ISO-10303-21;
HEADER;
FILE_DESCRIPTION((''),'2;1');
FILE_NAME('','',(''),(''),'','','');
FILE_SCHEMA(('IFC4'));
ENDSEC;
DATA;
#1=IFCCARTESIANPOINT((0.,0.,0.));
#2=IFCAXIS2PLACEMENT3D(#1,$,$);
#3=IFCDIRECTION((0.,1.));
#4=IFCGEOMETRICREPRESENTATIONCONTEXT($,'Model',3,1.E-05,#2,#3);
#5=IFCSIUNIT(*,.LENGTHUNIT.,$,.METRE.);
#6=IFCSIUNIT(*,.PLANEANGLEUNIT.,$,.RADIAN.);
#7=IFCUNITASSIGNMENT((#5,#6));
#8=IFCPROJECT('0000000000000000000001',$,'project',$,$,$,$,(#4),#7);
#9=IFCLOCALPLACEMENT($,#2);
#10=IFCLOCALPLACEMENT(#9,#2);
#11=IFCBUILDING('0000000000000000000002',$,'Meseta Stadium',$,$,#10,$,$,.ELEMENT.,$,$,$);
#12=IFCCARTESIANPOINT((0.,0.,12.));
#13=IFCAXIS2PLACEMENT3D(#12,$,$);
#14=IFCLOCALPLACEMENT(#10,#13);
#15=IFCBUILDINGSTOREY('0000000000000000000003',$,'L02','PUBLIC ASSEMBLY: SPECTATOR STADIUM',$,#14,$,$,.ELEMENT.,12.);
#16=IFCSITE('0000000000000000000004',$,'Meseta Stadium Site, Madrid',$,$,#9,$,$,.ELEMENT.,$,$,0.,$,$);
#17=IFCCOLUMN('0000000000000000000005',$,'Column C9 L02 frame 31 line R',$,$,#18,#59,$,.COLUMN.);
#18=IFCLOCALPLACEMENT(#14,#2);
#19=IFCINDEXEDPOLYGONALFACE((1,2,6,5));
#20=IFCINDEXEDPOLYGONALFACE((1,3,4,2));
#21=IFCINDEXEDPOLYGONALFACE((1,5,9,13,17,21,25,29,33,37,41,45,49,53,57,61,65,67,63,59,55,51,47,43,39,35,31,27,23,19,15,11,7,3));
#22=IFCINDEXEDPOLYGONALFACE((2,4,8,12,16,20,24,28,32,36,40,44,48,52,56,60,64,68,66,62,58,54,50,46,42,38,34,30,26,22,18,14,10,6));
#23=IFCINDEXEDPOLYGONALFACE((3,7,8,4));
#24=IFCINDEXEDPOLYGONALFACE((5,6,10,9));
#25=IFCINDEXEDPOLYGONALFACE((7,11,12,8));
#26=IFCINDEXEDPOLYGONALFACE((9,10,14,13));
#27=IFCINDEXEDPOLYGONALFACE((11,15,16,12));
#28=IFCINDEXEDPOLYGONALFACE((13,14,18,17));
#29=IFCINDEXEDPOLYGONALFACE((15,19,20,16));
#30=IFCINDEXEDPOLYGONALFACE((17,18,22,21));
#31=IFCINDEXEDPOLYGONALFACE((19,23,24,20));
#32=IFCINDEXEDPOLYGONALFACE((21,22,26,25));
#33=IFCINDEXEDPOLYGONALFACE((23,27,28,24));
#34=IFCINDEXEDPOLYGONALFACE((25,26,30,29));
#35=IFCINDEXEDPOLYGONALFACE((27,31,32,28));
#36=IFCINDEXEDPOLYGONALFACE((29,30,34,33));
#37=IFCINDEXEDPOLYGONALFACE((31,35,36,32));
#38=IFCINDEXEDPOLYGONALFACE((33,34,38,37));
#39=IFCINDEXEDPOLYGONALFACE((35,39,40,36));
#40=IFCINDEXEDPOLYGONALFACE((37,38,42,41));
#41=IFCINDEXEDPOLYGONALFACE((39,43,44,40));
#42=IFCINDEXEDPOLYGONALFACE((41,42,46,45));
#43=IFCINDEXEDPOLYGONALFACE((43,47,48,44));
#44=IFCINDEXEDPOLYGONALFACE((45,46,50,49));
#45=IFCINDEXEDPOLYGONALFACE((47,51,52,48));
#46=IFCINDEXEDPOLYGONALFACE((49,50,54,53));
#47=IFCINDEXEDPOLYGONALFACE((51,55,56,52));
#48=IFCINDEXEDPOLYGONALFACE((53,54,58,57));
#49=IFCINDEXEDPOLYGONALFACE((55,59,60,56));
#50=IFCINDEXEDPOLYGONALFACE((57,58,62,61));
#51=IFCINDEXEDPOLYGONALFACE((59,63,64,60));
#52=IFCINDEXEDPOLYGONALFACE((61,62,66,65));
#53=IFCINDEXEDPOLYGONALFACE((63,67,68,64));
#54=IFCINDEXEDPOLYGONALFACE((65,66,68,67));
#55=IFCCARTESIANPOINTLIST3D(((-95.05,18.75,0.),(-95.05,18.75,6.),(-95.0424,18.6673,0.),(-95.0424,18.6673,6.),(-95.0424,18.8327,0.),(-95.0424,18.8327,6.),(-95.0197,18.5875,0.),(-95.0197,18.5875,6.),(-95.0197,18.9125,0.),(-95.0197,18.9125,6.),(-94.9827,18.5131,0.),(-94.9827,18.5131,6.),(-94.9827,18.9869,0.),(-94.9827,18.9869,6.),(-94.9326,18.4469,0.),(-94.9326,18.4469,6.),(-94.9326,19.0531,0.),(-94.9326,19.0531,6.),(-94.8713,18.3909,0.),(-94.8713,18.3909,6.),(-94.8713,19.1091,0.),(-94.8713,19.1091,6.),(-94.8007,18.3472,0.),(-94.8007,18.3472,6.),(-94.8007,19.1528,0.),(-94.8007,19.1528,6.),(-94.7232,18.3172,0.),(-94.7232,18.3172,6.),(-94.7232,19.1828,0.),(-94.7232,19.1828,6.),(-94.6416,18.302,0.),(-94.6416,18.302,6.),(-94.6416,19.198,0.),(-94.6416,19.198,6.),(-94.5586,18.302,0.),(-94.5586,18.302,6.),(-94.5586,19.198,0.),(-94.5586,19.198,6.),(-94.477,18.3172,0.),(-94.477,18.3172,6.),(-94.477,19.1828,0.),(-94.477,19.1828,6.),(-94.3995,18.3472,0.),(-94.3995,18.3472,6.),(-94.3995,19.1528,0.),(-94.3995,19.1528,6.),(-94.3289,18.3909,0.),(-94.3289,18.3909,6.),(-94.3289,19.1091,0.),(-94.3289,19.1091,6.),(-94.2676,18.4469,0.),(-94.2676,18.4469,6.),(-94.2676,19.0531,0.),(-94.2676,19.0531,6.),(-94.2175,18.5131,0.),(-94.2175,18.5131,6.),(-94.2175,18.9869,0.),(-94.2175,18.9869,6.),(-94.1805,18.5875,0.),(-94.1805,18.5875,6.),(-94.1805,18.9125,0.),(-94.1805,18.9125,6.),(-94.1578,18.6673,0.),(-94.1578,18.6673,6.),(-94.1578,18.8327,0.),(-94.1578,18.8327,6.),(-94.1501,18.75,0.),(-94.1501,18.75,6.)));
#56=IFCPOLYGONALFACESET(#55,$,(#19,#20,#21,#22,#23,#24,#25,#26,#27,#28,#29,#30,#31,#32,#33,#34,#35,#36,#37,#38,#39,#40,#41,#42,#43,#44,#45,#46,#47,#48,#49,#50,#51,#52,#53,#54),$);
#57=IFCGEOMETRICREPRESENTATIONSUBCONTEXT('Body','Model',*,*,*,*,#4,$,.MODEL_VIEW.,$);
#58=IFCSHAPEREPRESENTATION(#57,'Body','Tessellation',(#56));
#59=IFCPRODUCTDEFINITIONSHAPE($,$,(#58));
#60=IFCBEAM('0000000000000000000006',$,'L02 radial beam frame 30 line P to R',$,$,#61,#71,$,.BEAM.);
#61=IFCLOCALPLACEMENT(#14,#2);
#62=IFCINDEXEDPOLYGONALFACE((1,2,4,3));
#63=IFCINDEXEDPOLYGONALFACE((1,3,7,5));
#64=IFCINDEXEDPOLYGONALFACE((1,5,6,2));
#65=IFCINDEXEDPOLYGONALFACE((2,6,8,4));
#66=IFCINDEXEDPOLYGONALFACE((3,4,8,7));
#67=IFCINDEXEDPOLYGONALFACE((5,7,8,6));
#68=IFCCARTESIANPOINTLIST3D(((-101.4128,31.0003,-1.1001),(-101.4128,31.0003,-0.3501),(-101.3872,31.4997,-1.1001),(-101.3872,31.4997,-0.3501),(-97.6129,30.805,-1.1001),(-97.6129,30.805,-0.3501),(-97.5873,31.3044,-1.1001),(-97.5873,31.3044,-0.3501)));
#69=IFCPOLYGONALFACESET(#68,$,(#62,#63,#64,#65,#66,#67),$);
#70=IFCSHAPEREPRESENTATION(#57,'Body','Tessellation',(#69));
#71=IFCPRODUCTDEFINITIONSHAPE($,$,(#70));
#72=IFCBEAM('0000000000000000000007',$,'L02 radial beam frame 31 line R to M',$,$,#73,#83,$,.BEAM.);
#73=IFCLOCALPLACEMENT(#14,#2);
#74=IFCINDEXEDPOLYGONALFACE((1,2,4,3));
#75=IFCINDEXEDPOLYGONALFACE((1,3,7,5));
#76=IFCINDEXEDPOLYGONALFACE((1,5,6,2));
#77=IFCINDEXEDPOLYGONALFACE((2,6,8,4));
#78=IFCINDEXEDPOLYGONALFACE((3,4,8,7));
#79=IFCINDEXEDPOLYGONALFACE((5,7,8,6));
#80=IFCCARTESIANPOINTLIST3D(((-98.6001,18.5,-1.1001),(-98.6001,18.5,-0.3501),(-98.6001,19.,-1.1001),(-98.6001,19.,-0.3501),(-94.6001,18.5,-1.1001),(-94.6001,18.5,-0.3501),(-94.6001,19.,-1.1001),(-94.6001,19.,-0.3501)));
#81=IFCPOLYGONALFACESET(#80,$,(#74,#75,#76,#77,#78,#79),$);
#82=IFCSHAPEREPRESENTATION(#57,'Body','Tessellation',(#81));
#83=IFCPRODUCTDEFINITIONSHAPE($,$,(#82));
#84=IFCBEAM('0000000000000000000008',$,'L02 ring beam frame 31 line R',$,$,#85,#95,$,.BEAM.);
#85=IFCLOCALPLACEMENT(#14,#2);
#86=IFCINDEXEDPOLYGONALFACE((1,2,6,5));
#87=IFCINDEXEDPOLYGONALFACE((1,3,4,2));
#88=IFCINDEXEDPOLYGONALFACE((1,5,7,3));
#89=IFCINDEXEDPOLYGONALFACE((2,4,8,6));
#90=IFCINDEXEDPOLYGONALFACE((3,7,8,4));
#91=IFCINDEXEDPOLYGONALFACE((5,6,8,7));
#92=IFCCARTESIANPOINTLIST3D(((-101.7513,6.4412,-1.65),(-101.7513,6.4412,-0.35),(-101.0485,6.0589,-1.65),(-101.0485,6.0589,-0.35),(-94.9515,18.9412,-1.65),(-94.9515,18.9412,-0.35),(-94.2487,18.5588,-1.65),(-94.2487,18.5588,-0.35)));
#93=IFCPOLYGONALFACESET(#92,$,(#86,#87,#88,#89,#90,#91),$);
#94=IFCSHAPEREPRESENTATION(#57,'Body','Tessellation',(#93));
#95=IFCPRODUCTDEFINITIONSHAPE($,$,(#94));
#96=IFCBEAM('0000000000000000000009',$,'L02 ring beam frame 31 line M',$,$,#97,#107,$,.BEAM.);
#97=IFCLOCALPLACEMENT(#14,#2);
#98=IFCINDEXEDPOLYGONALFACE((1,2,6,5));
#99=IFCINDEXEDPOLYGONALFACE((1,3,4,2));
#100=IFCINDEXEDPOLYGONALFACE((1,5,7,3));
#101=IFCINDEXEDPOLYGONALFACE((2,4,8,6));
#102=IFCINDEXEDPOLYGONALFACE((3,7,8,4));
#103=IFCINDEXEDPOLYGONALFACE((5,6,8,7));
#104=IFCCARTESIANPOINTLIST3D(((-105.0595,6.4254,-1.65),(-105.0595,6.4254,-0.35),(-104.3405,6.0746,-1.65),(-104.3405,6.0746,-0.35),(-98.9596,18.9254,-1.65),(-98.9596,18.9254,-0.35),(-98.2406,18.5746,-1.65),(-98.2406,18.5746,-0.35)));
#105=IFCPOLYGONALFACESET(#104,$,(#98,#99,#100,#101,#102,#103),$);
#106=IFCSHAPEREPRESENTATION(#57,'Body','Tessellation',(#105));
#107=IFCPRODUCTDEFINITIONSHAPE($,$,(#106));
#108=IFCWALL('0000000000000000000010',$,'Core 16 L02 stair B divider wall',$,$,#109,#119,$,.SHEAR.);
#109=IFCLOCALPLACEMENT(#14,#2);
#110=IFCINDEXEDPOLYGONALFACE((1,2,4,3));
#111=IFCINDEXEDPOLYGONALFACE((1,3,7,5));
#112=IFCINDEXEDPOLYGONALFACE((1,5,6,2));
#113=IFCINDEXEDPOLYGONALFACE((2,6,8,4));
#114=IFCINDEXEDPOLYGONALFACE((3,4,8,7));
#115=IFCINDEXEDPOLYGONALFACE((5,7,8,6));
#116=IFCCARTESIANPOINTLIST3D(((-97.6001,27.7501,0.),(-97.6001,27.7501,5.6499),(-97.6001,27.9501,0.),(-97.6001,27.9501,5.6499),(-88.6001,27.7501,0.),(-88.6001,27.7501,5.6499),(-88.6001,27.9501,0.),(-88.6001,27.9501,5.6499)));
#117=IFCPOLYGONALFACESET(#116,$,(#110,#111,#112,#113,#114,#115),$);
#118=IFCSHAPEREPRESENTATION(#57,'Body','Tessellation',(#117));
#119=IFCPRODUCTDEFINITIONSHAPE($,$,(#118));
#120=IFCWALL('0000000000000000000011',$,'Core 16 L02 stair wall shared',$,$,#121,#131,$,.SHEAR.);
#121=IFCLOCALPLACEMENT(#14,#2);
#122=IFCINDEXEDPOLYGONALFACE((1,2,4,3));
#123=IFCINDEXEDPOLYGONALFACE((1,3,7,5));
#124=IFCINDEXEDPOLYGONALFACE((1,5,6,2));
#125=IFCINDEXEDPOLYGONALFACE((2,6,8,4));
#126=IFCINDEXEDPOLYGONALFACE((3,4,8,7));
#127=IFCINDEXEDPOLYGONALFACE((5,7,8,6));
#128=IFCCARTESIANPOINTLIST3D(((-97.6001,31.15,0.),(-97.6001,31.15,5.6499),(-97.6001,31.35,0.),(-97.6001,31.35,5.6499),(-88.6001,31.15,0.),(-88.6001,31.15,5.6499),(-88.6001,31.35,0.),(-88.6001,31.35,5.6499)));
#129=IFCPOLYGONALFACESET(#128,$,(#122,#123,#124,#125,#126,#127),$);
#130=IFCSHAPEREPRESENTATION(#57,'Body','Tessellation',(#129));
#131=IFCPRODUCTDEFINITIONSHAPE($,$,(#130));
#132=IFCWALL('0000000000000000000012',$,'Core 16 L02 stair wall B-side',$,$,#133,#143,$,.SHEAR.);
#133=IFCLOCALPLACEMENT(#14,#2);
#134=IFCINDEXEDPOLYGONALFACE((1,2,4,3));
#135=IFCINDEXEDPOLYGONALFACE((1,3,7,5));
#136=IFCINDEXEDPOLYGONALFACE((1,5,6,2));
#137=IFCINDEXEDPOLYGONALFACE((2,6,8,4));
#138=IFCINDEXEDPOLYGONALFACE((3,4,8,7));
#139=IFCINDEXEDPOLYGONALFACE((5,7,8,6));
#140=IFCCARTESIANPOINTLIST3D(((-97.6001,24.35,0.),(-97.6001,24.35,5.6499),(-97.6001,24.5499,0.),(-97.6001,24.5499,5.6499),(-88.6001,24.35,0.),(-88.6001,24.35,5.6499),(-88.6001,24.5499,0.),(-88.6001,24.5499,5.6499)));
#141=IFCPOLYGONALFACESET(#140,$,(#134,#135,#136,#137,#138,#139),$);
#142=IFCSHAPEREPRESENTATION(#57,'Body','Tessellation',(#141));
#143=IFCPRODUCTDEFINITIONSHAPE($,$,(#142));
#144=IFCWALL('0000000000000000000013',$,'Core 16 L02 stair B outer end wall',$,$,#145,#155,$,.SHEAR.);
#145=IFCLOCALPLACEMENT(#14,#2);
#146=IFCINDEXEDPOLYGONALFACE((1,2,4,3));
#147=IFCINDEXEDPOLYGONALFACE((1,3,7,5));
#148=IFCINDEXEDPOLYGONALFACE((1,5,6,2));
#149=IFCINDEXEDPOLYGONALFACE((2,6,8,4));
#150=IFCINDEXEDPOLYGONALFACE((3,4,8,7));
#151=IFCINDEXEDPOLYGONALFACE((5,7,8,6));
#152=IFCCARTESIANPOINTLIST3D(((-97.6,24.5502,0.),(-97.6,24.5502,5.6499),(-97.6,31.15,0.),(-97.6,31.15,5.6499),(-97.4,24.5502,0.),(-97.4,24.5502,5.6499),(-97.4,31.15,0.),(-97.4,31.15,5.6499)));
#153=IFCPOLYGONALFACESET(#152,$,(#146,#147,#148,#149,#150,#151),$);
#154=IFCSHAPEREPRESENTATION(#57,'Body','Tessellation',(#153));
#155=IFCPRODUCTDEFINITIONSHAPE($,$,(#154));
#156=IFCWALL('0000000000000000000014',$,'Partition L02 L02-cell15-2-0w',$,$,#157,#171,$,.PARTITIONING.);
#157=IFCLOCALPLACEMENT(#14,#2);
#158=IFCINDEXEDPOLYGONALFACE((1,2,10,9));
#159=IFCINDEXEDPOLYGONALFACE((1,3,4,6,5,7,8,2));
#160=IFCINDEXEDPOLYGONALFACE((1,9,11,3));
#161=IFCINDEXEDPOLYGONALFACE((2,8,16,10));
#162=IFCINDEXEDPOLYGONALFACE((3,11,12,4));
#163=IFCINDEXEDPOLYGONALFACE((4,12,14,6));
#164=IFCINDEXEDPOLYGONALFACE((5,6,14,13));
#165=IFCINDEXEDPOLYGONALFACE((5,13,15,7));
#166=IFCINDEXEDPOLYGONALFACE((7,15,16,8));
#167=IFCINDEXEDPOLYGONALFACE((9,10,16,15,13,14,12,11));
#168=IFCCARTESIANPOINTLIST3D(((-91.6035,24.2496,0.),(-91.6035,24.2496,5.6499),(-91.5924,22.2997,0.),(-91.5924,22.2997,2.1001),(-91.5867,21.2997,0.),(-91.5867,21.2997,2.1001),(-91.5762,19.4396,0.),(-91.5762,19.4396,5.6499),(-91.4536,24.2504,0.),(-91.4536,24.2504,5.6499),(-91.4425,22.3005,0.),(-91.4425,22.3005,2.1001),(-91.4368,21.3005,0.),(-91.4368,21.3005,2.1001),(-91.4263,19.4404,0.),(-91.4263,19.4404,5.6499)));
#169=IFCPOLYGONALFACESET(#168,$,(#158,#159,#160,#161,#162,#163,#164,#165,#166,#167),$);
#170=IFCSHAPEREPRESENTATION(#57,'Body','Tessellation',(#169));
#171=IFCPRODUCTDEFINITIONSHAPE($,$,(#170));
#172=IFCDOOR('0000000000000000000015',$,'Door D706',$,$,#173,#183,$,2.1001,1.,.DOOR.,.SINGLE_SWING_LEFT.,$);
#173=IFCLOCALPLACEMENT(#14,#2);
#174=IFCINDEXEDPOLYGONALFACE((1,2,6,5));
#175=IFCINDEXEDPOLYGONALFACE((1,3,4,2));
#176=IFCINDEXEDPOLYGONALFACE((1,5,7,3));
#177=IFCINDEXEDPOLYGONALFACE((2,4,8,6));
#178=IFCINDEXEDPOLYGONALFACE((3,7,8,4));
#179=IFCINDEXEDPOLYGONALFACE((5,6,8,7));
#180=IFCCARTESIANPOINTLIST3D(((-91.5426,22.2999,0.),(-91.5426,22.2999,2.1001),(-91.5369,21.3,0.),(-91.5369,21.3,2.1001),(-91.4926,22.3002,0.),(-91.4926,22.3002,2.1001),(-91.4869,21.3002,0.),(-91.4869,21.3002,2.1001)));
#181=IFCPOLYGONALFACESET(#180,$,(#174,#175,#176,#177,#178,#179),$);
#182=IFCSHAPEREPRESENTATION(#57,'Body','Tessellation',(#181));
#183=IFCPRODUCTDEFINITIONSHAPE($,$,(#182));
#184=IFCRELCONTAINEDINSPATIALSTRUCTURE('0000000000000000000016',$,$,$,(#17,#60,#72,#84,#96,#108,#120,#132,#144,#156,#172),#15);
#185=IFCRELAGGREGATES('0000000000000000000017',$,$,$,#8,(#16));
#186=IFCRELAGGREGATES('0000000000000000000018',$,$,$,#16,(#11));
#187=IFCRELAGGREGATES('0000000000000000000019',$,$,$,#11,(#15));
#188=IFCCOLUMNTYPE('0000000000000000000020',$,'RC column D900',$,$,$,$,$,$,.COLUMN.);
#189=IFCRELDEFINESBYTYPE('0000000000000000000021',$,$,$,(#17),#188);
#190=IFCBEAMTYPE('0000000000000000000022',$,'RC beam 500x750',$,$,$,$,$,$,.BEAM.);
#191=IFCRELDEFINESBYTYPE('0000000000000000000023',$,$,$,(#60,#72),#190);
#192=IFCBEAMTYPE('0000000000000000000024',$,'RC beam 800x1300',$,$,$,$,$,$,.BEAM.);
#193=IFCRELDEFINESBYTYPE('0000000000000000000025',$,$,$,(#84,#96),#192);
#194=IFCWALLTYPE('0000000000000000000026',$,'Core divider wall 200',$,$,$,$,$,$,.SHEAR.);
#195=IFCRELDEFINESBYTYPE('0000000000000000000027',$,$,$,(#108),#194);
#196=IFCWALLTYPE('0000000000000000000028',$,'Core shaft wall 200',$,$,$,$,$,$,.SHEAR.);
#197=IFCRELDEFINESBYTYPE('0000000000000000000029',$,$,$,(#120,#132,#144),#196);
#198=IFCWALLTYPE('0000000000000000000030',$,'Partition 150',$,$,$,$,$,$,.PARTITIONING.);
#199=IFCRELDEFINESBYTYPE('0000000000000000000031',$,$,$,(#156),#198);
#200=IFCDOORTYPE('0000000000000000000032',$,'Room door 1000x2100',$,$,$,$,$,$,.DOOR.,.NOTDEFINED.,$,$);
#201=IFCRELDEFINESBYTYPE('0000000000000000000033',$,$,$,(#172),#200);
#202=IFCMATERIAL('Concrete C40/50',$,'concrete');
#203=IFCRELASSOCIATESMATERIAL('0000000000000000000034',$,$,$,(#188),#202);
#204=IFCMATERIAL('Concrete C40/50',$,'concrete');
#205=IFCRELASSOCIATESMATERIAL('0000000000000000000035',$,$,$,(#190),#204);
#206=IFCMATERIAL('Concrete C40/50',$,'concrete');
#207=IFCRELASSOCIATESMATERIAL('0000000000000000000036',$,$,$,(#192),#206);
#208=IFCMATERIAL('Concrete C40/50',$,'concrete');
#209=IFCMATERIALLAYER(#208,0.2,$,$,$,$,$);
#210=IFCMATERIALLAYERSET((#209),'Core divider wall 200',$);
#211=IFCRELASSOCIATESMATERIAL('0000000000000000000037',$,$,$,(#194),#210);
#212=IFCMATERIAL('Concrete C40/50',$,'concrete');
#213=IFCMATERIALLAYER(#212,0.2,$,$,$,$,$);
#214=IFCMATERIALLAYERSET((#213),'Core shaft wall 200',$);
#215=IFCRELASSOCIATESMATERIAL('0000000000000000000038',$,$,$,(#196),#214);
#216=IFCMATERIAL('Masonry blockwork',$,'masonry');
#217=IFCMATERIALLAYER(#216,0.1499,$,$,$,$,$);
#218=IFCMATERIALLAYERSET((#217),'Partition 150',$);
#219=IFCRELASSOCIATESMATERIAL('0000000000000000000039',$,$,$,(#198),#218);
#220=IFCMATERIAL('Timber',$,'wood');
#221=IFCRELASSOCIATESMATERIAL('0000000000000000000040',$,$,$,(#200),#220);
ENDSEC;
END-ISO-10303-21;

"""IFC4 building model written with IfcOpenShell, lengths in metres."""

from ifc_helpers import new_model, si_unit, direction, frame, frame_2d, origin, origin_2d, place, context, subcontext, project, spatial, rectangle, circle, extrude, material, layer, layer_set, material_profile, profile_set, type_object, element, fill, save


model = new_model("IFC4")

# Units and contexts
model_context = context("Model", 3, precision=1e-05, world=origin(), true_north=direction((0.0, 1.0)))
body_context = subcontext(model_context, "Body", "Model", "MODEL_VIEW")
ifc_project = project(units=[si_unit("LENGTHUNIT", "METRE"), si_unit("PLANEANGLEUNIT", "RADIAN")], contexts=[model_context])

# Site, building, storey
site_placement = place(None, origin())
site = spatial("IfcSite", under=ifc_project, at=site_placement, Name="Meseta Stadium Site, Madrid", CompositionType="ELEMENT", RefElevation=0.0)
building_placement = place(site_placement, origin())
building = spatial("IfcBuilding", under=site, at=building_placement, Name="Meseta Stadium", CompositionType="ELEMENT")
storey_placement = place(building_placement, frame((0.0, 0.0, 12.0)))
storey = spatial("IfcBuildingStorey", under=building, at=storey_placement, Name="L02", Description="PUBLIC ASSEMBLY: SPECTATOR STADIUM", CompositionType="ELEMENT", Elevation=12.0)

# Column
ifc_material_1 = material(Name="Concrete C40/50", Category="concrete")
ifc_material_profile_1 = material_profile(ifc_material_1, circle(Radius=0.45, at=origin_2d()), Name="RC D900")
ifc_profile_set_1 = profile_set([ifc_material_profile_1], Name="Concrete C40/50")
column_type = type_object("IfcColumnType", Name="RC column D900", PredefinedType="COLUMN", material=ifc_profile_set_1)
column_placement = place(storey_placement, frame((-94.6001, 18.75, 0.0), z_axis=(0.0, 0.0, 1.0), x_axis=(1.0, 0.0, 0.0)))
element("IfcColumn", 1, at=column_placement, inside=storey, type_object=column_type, Name="Column C9 L02 frame 31 line R", PredefinedType="COLUMN", context=body_context, shape_type="SweptSolid", body=[
    extrude(circle(Radius=0.45, at=origin_2d()), origin(), (0.0, 0.0, 1.0), 6.0),
])

# Beams
ifc_material_2 = material(Name="Concrete C40/50", Category="concrete")
ifc_material_profile_2 = material_profile(ifc_material_2, rectangle(XDim=0.5, YDim=0.75, at=origin_2d()), Name="RC 500x750")
ifc_profile_set_2 = profile_set([ifc_material_profile_2], Name="Concrete C40/50")
beam_type_1 = type_object("IfcBeamType", Name="RC beam 500x750", PredefinedType="BEAM", material=ifc_profile_set_2)
beam_1_placement = place(storey_placement, frame((-97.6001, 31.0547, -0.7251), z_axis=(-0.998682, 0.051333, 0.0), x_axis=(-0.051333, -0.998682, 0.0)))
element("IfcBeam", 2, at=beam_1_placement, inside=storey, type_object=beam_type_1, Name="L02 radial beam frame 30 line P to R", PredefinedType="BEAM", context=body_context, shape_type="SweptSolid", body=[
    extrude(rectangle(XDim=0.5, YDim=0.75, at=origin_2d()), origin(), (0.0, 0.0, 1.0), 3.8049),
])
beam_2_placement = place(storey_placement, frame((-94.6001, 18.75, -0.7251), z_axis=(-1.0, 0.0, 0.0), x_axis=(0.0, -1.0, 0.0)))
element("IfcBeam", 3, at=beam_2_placement, inside=storey, type_object=beam_type_1, Name="L02 radial beam frame 31 line R to M", PredefinedType="BEAM", context=body_context, shape_type="SweptSolid", body=[
    extrude(rectangle(XDim=0.5, YDim=0.75, at=origin_2d()), origin(), (0.0, 0.0, 1.0), 4.0),
])
ifc_material_3 = material(Name="Concrete C40/50", Category="concrete")
ifc_material_profile_3 = material_profile(ifc_material_3, rectangle(XDim=0.8, YDim=1.3, at=origin_2d()), Name="RC 800x1300")
ifc_profile_set_3 = profile_set([ifc_material_profile_3], Name="Concrete C40/50")
beam_type_2 = type_object("IfcBeamType", Name="RC beam 800x1300", PredefinedType="BEAM", material=ifc_profile_set_3)
beam_3_placement = place(storey_placement, frame((-94.6001, 18.75, -1.0), z_axis=(-0.477856, -0.878438, 0.0), x_axis=(0.878438, -0.477856, 0.0)))
element("IfcBeam", 4, at=beam_3_placement, inside=storey, type_object=beam_type_2, Name="L02 ring beam frame 31 line R", PredefinedType="BEAM", context=body_context, shape_type="SweptSolid", body=[
    extrude(rectangle(XDim=0.8, YDim=1.3, at=origin_2d()), origin(), (0.0, 0.0, 1.0), 14.2297),
])
beam_4_placement = place(storey_placement, frame((-98.6001, 18.75, -1.0), z_axis=(-0.438557, -0.898703, 0.0), x_axis=(0.898703, -0.438557, 0.0)))
element("IfcBeam", 5, at=beam_4_placement, inside=storey, type_object=beam_type_2, Name="L02 ring beam frame 31 line M", PredefinedType="BEAM", context=body_context, shape_type="SweptSolid", body=[
    extrude(rectangle(XDim=0.8, YDim=1.3, at=origin_2d()), origin(), (0.0, 0.0, 1.0), 13.9089),
])

# Walls
ifc_material_4 = material(Name="Concrete C40/50", Category="concrete")
ifc_layer_1 = layer(ifc_material_4, 0.2)
ifc_layer_set_1 = layer_set([ifc_layer_1], Name="Core divider wall 200")
wall_type_1 = type_object("IfcWallType", Name="Core divider wall 200", PredefinedType="SHEAR", material=ifc_layer_set_1)
wall_1_placement = place(storey_placement, frame((-97.6001, 27.8501, 0.0), z_axis=(0.0, 0.0, 1.0), x_axis=(1.0, 0.0, 0.0)))
element("IfcWall", 6, at=wall_1_placement, inside=storey, type_object=wall_type_1, Name="Core 16 L02 stair B divider wall", PredefinedType="SHEAR", context=body_context, shape_type="SweptSolid", body=[
    extrude(rectangle(XDim=9.0, YDim=0.2, at=frame_2d((4.5, 0.0))), origin(), (0.0, 0.0, 1.0), 5.6499),
])
ifc_material_5 = material(Name="Concrete C40/50", Category="concrete")
ifc_layer_2 = layer(ifc_material_5, 0.2)
ifc_layer_set_2 = layer_set([ifc_layer_2], Name="Core shaft wall 200")
wall_type_2 = type_object("IfcWallType", Name="Core shaft wall 200", PredefinedType="SHEAR", material=ifc_layer_set_2)
for number, where, z_axis, x_axis, name in (
    (7, (-97.6001, 31.25, 0.0), (0.0, 0.0, 1.0), (1.0, 0.0, 0.0), "Core 16 L02 stair wall shared"),
    (8, (-97.6001, 24.45, 0.0), (0.0, 0.0, 1.0), (1.0, 0.0, 0.0), "Core 16 L02 stair wall B-side"),
):
    element("IfcWall", number, at=place(storey_placement, frame(where, z_axis=z_axis, x_axis=x_axis)), inside=storey, type_object=wall_type_2, Name=name, PredefinedType="SHEAR", context=body_context, shape_type="SweptSolid", body=[
        extrude(rectangle(XDim=9.0, YDim=0.2, at=frame_2d((4.5, 0.0))), origin(), (0.0, 0.0, 1.0), 5.6499),
    ])
wall_2_placement = place(storey_placement, frame((-97.5, 31.1499, 0.0), z_axis=(0.0, 0.0, 1.0), x_axis=(0.0, -1.0, 0.0)))
element("IfcWall", 9, at=wall_2_placement, inside=storey, type_object=wall_type_2, Name="Core 16 L02 stair B outer end wall", PredefinedType="SHEAR", context=body_context, shape_type="SweptSolid", body=[
    extrude(rectangle(XDim=6.5999, YDim=0.2, at=frame_2d((3.2998, 0.0))), origin(), (0.0, 0.0, 1.0), 5.6499),
])

# Wall, opening, door
ifc_material_6 = material(Name="Masonry blockwork", Category="masonry")
ifc_layer_3 = layer(ifc_material_6, 0.1499)
ifc_layer_set_3 = layer_set([ifc_layer_3], Name="Partition 150")
wall_type_3 = type_object("IfcWallType", Name="Partition 150", PredefinedType="PARTITIONING", material=ifc_layer_set_3)
wall_3_placement = place(storey_placement, frame((-91.5286, 24.25, 0.0), z_axis=(0.0, 0.0, 1.0), x_axis=(0.005685, -0.999984, 0.0)))
wall_3 = element("IfcWall", 10, at=wall_3_placement, inside=storey, type_object=wall_type_3, Name="Partition L02 L02-cell15-2-0w", PredefinedType="PARTITIONING", context=body_context, shape_type="SweptSolid", body=[
    extrude(rectangle(XDim=4.8101, YDim=0.1499, at=frame_2d((2.405, 0.0))), origin(), (0.0, 0.0, 1.0), 5.6499),
])
opening_placement = place(wall_3_placement, frame((1.95, 0.0, 0.0)))
opening = element("IfcOpeningElement", 11, at=opening_placement, cuts=wall_3, PredefinedType="OPENING", context=body_context, shape_type="SweptSolid", body=[
    extrude(rectangle(XDim=1.0, YDim=2.1001, at=frame_2d((0.5, 1.05))), frame((0.0, 0.085, 0.0), z_axis=(0.0, -1.0, 0.0), x_axis=(1.0, 0.0, 0.0)), (0.0, 0.0, 1.0), 0.1699),
])
ifc_material_7 = material(Name="Timber", Category="wood")
door_type = type_object("IfcDoorType", Name="Room door 1000x2100", OperationType="NOTDEFINED", PredefinedType="DOOR", material=ifc_material_7)
door_placement = place(opening_placement, origin())
door = element("IfcDoor", 12, at=door_placement, inside=storey, type_object=door_type, Name="Door D706", OperationType="SINGLE_SWING_LEFT", OverallHeight=2.1001, OverallWidth=1.0, PredefinedType="DOOR", context=body_context, shape_type="SweptSolid", body=[
    extrude(rectangle(XDim=1.0, YDim=2.1001, at=frame_2d((0.5, 1.05))), frame((0.0, 0.0249, 0.0), z_axis=(0.0, -1.0, 0.0), x_axis=(1.0, 0.0, 0.0)), (0.0, 0.0, 1.0), 0.05),
])
fill(opening, door)

save(model, "model.ifc")
